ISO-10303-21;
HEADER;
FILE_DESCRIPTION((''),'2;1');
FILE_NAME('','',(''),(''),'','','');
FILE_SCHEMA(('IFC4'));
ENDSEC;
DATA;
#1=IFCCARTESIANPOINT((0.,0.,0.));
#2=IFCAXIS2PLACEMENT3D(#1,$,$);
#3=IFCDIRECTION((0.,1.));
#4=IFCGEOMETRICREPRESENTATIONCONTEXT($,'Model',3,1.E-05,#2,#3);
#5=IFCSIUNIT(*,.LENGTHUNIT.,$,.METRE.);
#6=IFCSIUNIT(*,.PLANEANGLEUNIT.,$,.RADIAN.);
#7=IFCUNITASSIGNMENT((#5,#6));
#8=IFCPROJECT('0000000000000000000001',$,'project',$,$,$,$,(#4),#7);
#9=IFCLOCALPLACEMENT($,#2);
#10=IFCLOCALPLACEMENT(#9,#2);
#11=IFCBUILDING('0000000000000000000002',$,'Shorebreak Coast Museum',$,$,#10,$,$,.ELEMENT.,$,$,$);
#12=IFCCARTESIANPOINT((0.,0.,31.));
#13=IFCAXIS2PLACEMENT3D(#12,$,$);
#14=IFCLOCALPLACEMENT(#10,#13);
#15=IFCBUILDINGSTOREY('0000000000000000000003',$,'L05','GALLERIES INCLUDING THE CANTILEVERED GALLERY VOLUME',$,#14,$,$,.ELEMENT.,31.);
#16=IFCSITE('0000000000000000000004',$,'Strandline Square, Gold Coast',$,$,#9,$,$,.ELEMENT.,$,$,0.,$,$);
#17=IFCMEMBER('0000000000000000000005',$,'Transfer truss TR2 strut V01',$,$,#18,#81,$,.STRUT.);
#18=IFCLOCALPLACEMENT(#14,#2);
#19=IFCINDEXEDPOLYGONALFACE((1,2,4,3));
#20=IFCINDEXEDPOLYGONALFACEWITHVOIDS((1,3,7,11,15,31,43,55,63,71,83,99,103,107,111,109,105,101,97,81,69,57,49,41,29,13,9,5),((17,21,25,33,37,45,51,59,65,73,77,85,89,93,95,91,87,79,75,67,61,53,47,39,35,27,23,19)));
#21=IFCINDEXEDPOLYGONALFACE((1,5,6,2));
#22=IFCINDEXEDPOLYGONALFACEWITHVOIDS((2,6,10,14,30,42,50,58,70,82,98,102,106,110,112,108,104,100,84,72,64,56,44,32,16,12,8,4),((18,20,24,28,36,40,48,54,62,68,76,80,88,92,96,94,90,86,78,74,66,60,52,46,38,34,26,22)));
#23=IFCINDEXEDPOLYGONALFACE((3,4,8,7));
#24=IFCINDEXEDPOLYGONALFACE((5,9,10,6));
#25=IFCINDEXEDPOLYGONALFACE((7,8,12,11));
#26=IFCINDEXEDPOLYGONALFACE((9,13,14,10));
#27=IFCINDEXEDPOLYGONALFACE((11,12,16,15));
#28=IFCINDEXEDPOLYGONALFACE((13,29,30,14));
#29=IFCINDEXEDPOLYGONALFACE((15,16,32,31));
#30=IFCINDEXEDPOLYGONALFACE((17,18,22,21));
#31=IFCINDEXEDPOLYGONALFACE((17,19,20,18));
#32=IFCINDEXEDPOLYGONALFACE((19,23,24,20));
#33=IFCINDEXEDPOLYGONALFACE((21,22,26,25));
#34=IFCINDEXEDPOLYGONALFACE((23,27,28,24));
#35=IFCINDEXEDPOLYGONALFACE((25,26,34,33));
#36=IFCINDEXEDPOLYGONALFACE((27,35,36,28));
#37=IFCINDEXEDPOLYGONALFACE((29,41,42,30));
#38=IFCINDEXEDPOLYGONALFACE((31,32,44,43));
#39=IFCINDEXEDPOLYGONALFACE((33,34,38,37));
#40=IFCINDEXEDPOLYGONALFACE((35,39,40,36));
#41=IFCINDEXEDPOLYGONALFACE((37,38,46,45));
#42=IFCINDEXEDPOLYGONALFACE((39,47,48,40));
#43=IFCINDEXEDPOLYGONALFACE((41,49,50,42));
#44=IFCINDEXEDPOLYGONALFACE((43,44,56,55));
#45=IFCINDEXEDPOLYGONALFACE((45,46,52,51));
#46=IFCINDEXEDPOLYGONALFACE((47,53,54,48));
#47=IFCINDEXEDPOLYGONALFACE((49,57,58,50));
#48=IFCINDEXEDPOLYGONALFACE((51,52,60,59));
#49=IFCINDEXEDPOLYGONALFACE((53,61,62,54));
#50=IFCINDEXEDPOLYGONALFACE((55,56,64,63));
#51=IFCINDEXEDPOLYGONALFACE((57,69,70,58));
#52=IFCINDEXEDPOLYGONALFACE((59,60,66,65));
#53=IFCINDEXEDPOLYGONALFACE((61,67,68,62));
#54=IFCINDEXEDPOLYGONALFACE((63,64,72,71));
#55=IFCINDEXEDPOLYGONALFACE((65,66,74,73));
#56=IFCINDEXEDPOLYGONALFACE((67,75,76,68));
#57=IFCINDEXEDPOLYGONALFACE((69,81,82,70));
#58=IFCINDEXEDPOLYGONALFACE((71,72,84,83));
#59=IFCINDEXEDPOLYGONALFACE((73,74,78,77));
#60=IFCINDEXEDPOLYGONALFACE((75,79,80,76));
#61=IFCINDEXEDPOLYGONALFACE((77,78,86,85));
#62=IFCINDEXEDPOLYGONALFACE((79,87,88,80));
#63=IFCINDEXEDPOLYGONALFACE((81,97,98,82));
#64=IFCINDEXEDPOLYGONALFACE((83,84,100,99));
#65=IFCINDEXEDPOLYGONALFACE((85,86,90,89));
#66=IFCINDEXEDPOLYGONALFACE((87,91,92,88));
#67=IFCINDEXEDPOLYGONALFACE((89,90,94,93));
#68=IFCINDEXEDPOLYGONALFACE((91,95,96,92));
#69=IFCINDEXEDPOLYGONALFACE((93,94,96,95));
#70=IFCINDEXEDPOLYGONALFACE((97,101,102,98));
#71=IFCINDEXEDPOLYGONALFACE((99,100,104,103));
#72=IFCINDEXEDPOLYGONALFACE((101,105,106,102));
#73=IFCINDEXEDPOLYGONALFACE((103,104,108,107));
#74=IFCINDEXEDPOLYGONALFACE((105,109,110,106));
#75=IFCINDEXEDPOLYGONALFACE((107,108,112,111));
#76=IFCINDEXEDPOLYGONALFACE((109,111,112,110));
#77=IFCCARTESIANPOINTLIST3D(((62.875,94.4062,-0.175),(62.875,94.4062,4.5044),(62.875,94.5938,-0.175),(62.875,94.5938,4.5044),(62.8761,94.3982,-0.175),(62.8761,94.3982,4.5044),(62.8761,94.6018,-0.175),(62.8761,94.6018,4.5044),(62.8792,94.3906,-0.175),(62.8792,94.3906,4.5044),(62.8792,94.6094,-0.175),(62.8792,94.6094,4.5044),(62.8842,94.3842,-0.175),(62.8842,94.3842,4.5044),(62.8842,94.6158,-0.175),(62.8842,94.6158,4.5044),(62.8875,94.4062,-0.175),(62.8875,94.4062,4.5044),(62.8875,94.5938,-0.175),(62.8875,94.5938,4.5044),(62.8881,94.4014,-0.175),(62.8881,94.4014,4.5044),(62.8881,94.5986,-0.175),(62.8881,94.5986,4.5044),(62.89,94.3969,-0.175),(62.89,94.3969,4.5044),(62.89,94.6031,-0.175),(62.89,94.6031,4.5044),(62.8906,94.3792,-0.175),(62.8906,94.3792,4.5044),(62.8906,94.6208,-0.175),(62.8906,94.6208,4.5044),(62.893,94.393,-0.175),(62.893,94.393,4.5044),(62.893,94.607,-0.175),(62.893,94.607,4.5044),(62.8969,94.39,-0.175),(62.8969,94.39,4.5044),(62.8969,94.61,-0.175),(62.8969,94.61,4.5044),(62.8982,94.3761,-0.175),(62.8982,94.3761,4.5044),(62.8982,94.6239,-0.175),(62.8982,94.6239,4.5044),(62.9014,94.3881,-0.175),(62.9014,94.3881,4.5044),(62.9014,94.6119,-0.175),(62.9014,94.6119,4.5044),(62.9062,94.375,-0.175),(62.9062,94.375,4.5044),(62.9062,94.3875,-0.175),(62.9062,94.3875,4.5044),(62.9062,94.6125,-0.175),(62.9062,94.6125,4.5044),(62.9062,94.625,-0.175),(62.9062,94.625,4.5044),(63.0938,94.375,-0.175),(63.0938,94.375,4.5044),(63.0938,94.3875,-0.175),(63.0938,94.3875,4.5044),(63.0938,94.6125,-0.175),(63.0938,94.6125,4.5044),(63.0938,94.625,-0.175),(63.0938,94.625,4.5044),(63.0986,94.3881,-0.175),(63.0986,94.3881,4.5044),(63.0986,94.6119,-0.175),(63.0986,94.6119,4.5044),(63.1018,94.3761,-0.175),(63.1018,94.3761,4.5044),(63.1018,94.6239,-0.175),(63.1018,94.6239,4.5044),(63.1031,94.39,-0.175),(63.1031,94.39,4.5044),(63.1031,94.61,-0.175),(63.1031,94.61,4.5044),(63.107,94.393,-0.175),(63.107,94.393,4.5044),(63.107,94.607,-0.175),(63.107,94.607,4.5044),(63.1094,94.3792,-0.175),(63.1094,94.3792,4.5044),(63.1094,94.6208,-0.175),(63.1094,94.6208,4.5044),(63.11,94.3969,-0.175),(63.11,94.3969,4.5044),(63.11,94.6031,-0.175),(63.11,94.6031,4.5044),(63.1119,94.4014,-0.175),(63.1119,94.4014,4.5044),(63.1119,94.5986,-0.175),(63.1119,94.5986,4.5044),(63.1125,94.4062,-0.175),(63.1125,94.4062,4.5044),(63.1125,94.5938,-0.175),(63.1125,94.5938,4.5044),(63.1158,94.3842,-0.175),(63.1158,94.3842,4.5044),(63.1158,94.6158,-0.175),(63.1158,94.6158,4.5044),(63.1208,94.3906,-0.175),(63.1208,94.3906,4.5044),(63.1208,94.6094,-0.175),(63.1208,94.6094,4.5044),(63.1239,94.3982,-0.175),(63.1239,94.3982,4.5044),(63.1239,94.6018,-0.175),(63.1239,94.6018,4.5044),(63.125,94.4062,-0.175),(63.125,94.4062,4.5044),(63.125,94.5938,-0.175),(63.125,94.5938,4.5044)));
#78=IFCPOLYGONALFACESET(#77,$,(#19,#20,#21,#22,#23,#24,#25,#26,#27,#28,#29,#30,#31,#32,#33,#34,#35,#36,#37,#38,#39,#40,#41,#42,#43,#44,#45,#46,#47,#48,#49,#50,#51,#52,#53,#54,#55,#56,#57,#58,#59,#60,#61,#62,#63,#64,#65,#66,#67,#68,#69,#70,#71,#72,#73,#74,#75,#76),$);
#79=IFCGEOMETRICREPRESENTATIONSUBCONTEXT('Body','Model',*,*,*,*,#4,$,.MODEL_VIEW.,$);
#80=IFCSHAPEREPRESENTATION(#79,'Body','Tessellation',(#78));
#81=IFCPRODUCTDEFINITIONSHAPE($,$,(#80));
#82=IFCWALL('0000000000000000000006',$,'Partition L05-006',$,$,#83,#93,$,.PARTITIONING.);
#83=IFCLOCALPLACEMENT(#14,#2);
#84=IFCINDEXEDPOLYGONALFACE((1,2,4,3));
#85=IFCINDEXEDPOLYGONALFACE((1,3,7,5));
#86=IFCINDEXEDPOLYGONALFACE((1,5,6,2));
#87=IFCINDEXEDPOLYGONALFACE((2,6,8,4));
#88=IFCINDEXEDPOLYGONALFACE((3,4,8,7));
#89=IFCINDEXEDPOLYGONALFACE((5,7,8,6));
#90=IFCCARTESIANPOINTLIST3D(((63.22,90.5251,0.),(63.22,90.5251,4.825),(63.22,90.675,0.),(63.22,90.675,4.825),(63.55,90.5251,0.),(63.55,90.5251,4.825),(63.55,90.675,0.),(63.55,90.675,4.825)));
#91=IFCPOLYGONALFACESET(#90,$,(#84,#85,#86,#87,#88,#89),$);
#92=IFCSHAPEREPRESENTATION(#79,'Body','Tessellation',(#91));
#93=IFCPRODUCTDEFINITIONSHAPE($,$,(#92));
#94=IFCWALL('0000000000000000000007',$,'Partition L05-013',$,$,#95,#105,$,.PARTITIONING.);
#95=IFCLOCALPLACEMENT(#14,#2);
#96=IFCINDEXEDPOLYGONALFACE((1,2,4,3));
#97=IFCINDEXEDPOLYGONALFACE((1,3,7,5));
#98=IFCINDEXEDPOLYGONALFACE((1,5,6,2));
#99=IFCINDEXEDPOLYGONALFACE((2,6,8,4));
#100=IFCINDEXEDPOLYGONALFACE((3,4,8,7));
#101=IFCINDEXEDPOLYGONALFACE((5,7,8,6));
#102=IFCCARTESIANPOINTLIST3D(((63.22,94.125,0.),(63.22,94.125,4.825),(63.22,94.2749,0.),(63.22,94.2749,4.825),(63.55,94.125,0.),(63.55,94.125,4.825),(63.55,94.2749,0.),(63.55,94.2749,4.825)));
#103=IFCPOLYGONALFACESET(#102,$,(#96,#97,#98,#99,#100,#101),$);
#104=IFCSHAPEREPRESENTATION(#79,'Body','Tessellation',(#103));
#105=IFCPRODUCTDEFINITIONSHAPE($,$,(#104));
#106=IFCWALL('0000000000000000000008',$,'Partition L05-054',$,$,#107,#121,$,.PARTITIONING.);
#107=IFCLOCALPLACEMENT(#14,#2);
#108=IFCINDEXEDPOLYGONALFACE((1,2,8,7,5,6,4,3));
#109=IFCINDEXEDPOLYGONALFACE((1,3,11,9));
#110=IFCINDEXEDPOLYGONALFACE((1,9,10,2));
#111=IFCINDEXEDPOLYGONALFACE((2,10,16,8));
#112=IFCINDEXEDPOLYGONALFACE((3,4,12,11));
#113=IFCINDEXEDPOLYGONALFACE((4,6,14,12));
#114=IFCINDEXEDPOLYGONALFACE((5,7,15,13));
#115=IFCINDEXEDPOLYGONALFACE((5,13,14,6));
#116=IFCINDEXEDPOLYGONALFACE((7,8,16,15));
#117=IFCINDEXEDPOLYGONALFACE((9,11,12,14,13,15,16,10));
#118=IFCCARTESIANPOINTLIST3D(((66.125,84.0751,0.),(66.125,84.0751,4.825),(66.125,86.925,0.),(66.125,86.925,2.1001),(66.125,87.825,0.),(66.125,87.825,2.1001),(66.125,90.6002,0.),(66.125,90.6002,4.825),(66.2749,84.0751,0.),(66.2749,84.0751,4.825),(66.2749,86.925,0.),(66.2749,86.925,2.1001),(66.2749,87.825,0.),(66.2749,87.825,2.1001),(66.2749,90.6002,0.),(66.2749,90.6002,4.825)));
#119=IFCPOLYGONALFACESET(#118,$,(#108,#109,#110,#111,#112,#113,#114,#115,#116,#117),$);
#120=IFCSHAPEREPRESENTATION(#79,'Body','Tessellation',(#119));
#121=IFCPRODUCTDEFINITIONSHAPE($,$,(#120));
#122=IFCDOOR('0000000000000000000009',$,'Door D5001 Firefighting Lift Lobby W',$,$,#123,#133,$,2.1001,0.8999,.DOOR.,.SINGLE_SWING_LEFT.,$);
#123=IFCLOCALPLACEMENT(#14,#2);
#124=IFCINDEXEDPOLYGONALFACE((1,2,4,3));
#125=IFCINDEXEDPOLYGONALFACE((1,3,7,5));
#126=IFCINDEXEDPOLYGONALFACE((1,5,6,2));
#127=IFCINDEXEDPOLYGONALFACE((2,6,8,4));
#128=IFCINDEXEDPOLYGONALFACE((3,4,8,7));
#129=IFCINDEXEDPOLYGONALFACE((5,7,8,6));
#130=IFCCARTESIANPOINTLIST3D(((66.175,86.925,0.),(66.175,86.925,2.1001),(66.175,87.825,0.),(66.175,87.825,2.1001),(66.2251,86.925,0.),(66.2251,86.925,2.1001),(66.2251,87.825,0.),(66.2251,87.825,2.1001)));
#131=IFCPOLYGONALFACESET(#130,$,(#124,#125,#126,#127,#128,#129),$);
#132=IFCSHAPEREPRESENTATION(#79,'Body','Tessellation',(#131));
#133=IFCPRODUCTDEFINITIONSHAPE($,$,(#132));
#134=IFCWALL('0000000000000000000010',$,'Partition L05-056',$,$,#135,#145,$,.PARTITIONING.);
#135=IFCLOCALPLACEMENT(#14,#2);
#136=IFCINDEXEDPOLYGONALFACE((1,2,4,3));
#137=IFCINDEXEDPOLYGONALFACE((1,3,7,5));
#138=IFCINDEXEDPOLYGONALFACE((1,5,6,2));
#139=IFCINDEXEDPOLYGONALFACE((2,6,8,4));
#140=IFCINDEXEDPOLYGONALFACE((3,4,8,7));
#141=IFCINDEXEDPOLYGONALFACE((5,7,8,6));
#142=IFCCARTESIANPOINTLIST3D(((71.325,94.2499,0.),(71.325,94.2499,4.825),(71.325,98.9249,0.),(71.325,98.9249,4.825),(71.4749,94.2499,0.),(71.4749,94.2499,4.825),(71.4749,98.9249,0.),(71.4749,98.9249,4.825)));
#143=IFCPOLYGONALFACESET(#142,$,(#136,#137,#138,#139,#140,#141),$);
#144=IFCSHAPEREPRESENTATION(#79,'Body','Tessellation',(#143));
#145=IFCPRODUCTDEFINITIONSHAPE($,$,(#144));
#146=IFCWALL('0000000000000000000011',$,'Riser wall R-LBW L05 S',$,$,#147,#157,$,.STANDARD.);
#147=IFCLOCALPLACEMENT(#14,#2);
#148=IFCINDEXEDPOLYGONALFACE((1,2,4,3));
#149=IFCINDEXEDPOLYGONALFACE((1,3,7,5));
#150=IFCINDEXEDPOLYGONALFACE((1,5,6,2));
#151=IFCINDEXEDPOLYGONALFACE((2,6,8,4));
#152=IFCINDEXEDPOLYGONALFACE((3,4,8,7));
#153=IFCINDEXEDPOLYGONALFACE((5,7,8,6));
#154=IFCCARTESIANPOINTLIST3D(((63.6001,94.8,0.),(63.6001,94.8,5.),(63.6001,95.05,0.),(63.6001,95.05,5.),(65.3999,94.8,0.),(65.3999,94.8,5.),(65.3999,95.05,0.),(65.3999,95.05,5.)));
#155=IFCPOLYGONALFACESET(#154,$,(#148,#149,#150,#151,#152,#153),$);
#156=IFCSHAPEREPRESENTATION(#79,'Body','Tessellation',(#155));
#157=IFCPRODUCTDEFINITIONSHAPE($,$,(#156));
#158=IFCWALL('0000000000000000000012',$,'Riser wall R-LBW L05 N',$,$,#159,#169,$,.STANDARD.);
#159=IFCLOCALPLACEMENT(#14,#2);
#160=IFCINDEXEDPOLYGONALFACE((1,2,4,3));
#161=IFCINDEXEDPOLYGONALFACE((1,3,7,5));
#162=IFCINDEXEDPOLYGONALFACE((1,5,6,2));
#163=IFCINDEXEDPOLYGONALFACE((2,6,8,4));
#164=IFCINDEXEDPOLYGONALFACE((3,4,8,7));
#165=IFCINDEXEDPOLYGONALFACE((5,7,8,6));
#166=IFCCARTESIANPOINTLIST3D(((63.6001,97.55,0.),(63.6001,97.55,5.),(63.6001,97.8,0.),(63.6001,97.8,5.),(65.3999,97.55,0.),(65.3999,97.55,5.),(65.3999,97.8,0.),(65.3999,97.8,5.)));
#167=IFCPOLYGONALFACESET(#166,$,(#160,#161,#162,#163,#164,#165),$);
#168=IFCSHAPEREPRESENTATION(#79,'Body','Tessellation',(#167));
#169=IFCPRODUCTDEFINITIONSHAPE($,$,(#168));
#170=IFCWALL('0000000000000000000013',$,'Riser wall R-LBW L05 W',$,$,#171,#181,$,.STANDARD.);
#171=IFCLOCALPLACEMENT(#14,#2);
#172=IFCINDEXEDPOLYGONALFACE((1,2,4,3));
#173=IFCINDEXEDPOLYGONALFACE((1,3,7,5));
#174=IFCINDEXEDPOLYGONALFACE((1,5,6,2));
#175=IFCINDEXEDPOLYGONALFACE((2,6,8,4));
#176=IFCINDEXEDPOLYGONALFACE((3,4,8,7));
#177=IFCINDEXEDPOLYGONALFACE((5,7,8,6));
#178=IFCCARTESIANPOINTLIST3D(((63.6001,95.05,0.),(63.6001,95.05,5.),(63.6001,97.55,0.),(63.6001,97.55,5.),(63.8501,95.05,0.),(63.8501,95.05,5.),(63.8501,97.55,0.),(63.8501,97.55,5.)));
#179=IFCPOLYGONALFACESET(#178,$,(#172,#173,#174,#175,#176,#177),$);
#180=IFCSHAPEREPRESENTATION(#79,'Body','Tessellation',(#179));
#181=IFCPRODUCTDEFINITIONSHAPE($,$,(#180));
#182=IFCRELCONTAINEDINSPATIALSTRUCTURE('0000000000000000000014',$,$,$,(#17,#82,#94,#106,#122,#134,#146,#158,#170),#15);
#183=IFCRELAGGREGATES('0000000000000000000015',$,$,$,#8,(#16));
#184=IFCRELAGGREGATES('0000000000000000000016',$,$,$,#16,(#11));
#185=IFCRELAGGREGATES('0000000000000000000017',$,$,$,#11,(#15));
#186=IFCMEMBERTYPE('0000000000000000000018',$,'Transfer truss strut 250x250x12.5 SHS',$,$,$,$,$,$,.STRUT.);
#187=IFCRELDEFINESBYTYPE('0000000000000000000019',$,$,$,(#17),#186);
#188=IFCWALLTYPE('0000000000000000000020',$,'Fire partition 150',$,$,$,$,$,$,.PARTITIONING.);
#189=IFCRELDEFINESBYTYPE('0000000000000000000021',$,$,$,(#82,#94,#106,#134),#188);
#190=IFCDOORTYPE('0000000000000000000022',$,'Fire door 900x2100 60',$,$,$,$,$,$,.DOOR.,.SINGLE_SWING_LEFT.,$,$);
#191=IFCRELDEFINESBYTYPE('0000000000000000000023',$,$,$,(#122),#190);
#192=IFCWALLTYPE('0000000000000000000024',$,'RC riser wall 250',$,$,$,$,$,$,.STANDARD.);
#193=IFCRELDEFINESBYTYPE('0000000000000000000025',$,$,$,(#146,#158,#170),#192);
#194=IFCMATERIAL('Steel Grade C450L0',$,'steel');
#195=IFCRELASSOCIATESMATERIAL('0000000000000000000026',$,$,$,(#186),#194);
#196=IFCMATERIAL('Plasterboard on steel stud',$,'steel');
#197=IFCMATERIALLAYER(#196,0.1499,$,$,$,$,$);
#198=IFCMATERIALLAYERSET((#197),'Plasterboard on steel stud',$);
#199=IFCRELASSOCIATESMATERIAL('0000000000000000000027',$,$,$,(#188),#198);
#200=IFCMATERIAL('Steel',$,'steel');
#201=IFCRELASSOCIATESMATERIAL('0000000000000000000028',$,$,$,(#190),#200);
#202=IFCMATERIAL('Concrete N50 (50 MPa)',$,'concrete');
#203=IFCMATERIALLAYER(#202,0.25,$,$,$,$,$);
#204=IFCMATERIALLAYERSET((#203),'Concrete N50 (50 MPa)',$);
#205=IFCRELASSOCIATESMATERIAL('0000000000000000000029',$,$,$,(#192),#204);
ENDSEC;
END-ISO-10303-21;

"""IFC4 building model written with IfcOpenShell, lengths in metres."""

from ifc_helpers import new_model, si_unit, direction, frame, frame_2d, origin, origin_2d, place, context, subcontext, project, spatial, rectangle, hollow_rectangle, extrude, material, layer, layer_set, material_profile, profile_set, type_object, element, fill, save


model = new_model("IFC4")

# Units and contexts
model_context = context("Model", 3, precision=1e-05, world=origin(), true_north=direction((0.0, 1.0)))
body_context = subcontext(model_context, "Body", "Model", "MODEL_VIEW")
ifc_project = project(units=[si_unit("LENGTHUNIT", "METRE"), si_unit("PLANEANGLEUNIT", "RADIAN")], contexts=[model_context])

# Site, building, storey
site_placement = place(None, origin())
site = spatial("IfcSite", under=ifc_project, at=site_placement, Name="Strandline Square, Gold Coast", CompositionType="ELEMENT", RefElevation=0.0)
building_placement = place(site_placement, origin())
building = spatial("IfcBuilding", under=site, at=building_placement, Name="Shorebreak Coast Museum", CompositionType="ELEMENT")
storey_placement = place(building_placement, frame((0.0, 0.0, 31.0)))
storey = spatial("IfcBuildingStorey", under=building, at=storey_placement, Name="L05", Description="GALLERIES INCLUDING THE CANTILEVERED GALLERY VOLUME", CompositionType="ELEMENT", Elevation=31.0)

# Member
ifc_material_1 = material(Name="Steel Grade C450L0", Category="steel")
ifc_material_profile_1 = material_profile(ifc_material_1, hollow_rectangle(XDim=0.25, YDim=0.25, WallThickness=0.0125, InnerFilletRadius=0.0188, OuterFilletRadius=0.0312, at=origin_2d()), Name="250x250x12.5 SHS")
ifc_profile_set_1 = profile_set([ifc_material_profile_1], Name="Steel Grade C450L0")
member_type_1 = type_object("IfcMemberType", Name="Transfer truss strut 250x250x12.5 SHS", PredefinedType="STRUT", material=ifc_profile_set_1)
member_1_placement = place(storey_placement, frame((63.0, 94.5, -0.175), z_axis=(0.0, 0.0, 1.0), x_axis=(1.0, 0.0, 0.0)))
element("IfcMember", 1, at=member_1_placement, inside=storey, type_object=member_type_1, Name="Transfer truss TR2 strut V01", PredefinedType="STRUT", context=body_context, shape_type="SweptSolid", body=[
    extrude(hollow_rectangle(XDim=0.25, YDim=0.25, WallThickness=0.0125, InnerFilletRadius=0.0188, OuterFilletRadius=0.0312, at=origin_2d()), origin(), (0.0, 0.0, 1.0), 4.6794),
])

# Walls
ifc_material_2 = material(Name="Plasterboard on steel stud", Category="steel")
ifc_layer_1 = layer(ifc_material_2, 0.1499)
ifc_layer_set_1 = layer_set([ifc_layer_1], Name="Plasterboard on steel stud")
wall_type_1 = type_object("IfcWallType", Name="Fire partition 150", PredefinedType="PARTITIONING", material=ifc_layer_set_1)
for number, where, z_axis, x_axis, name in (
    (2, (63.22, 90.6001, 0.0), (0.0, 0.0, 1.0), (1.0, 0.0, 0.0), "Partition L05-006"),
    (3, (63.22, 94.2, 0.0), (0.0, 0.0, 1.0), (1.0, 0.0, 0.0), "Partition L05-013"),
):
    element("IfcWall", number, at=place(storey_placement, frame(where, z_axis=z_axis, x_axis=x_axis)), inside=storey, type_object=wall_type_1, Name=name, PredefinedType="PARTITIONING", context=body_context, shape_type="SweptSolid", body=[
        extrude(rectangle(XDim=0.3301, YDim=0.1499, at=frame_2d((0.165, 0.0))), origin(), (0.0, 0.0, 1.0), 4.825),
    ])

# Wall, opening, door
wall_1_placement = place(storey_placement, frame((66.2, 84.075, 0.0), z_axis=(0.0, 0.0, 1.0), x_axis=(0.0, 1.0, 0.0)))
wall_1 = element("IfcWall", 4, at=wall_1_placement, inside=storey, type_object=wall_type_1, Name="Partition L05-054", PredefinedType="PARTITIONING", context=body_context, shape_type="SweptSolid", body=[
    extrude(rectangle(XDim=6.5251, YDim=0.1499, at=frame_2d((3.2627, 0.0))), origin(), (0.0, 0.0, 1.0), 4.825),
])
opening_1_placement = place(wall_1_placement, frame((2.8501, 0.0, 0.0)))
opening_1 = element("IfcOpeningElement", 5, at=opening_1_placement, cuts=wall_1, PredefinedType="OPENING", context=body_context, shape_type="SweptSolid", body=[
    extrude(rectangle(XDim=0.8999, YDim=2.1001, at=frame_2d((0.45, 1.05))), frame((0.0, 0.085, 0.0), z_axis=(0.0, -1.0, 0.0), x_axis=(1.0, 0.0, 0.0)), (0.0, 0.0, 1.0), 0.1699),
])
ifc_material_3 = material(Name="Steel", Category="steel")
door_type_1 = type_object("IfcDoorType", Name="Fire door 900x2100 60", OperationType="SINGLE_SWING_LEFT", PredefinedType="DOOR", material=ifc_material_3)
door_1_placement = place(opening_1_placement, origin())
door_1 = element("IfcDoor", 6, at=door_1_placement, inside=storey, type_object=door_type_1, Name="Door D5001 Firefighting Lift Lobby W", OperationType="SINGLE_SWING_LEFT", OverallHeight=2.1001, OverallWidth=0.8999, PredefinedType="DOOR", context=body_context, shape_type="SweptSolid", body=[
    extrude(rectangle(XDim=0.8999, YDim=2.1001, at=frame_2d((0.45, 1.05))), frame((0.0, 0.0249, 0.0), z_axis=(0.0, -1.0, 0.0), x_axis=(1.0, 0.0, 0.0)), (0.0, 0.0, 1.0), 0.05),
])
fill(opening_1, door_1)

# Walls
wall_2_placement = place(storey_placement, frame((71.3999, 94.25, 0.0), z_axis=(0.0, 0.0, 1.0), x_axis=(0.0, 1.0, 0.0)))
element("IfcWall", 7, at=wall_2_placement, inside=storey, type_object=wall_type_1, Name="Partition L05-056", PredefinedType="PARTITIONING", context=body_context, shape_type="SweptSolid", body=[
    extrude(rectangle(XDim=4.675, YDim=0.1499, at=frame_2d((2.3374, 0.0))), origin(), (0.0, 0.0, 1.0), 4.825),
])
ifc_material_4 = material(Name="Concrete N50 (50 MPa)", Category="concrete")
ifc_layer_2 = layer(ifc_material_4, 0.25)
ifc_layer_set_2 = layer_set([ifc_layer_2], Name="Concrete N50 (50 MPa)")
wall_type_2 = type_object("IfcWallType", Name="RC riser wall 250", PredefinedType="STANDARD", material=ifc_layer_set_2)
for number, where, z_axis, x_axis, name in (
    (8, (63.6001, 94.925, 0.0), (0.0, 0.0, 1.0), (1.0, 0.0, 0.0), "Riser wall R-LBW L05 S"),
    (9, (63.6001, 97.675, 0.0), (0.0, 0.0, 1.0), (1.0, 0.0, 0.0), "Riser wall R-LBW L05 N"),
):
    element("IfcWall", number, at=place(storey_placement, frame(where, z_axis=z_axis, x_axis=x_axis)), inside=storey, type_object=wall_type_2, Name=name, PredefinedType="STANDARD", context=body_context, shape_type="SweptSolid", body=[
        extrude(rectangle(XDim=1.7998, YDim=0.25, at=frame_2d((0.8999, 0.0))), origin(), (0.0, 0.0, 1.0), 5.0),
    ])
wall_3_placement = place(storey_placement, frame((63.7251, 95.05, 0.0), z_axis=(0.0, 0.0, 1.0), x_axis=(0.0, 1.0, 0.0)))
element("IfcWall", 10, at=wall_3_placement, inside=storey, type_object=wall_type_2, Name="Riser wall R-LBW L05 W", PredefinedType="STANDARD", context=body_context, shape_type="SweptSolid", body=[
    extrude(rectangle(XDim=2.5, YDim=0.25, at=frame_2d((1.25, 0.0))), origin(), (0.0, 0.0, 1.0), 5.0),
])

save(model, "model.ifc")
